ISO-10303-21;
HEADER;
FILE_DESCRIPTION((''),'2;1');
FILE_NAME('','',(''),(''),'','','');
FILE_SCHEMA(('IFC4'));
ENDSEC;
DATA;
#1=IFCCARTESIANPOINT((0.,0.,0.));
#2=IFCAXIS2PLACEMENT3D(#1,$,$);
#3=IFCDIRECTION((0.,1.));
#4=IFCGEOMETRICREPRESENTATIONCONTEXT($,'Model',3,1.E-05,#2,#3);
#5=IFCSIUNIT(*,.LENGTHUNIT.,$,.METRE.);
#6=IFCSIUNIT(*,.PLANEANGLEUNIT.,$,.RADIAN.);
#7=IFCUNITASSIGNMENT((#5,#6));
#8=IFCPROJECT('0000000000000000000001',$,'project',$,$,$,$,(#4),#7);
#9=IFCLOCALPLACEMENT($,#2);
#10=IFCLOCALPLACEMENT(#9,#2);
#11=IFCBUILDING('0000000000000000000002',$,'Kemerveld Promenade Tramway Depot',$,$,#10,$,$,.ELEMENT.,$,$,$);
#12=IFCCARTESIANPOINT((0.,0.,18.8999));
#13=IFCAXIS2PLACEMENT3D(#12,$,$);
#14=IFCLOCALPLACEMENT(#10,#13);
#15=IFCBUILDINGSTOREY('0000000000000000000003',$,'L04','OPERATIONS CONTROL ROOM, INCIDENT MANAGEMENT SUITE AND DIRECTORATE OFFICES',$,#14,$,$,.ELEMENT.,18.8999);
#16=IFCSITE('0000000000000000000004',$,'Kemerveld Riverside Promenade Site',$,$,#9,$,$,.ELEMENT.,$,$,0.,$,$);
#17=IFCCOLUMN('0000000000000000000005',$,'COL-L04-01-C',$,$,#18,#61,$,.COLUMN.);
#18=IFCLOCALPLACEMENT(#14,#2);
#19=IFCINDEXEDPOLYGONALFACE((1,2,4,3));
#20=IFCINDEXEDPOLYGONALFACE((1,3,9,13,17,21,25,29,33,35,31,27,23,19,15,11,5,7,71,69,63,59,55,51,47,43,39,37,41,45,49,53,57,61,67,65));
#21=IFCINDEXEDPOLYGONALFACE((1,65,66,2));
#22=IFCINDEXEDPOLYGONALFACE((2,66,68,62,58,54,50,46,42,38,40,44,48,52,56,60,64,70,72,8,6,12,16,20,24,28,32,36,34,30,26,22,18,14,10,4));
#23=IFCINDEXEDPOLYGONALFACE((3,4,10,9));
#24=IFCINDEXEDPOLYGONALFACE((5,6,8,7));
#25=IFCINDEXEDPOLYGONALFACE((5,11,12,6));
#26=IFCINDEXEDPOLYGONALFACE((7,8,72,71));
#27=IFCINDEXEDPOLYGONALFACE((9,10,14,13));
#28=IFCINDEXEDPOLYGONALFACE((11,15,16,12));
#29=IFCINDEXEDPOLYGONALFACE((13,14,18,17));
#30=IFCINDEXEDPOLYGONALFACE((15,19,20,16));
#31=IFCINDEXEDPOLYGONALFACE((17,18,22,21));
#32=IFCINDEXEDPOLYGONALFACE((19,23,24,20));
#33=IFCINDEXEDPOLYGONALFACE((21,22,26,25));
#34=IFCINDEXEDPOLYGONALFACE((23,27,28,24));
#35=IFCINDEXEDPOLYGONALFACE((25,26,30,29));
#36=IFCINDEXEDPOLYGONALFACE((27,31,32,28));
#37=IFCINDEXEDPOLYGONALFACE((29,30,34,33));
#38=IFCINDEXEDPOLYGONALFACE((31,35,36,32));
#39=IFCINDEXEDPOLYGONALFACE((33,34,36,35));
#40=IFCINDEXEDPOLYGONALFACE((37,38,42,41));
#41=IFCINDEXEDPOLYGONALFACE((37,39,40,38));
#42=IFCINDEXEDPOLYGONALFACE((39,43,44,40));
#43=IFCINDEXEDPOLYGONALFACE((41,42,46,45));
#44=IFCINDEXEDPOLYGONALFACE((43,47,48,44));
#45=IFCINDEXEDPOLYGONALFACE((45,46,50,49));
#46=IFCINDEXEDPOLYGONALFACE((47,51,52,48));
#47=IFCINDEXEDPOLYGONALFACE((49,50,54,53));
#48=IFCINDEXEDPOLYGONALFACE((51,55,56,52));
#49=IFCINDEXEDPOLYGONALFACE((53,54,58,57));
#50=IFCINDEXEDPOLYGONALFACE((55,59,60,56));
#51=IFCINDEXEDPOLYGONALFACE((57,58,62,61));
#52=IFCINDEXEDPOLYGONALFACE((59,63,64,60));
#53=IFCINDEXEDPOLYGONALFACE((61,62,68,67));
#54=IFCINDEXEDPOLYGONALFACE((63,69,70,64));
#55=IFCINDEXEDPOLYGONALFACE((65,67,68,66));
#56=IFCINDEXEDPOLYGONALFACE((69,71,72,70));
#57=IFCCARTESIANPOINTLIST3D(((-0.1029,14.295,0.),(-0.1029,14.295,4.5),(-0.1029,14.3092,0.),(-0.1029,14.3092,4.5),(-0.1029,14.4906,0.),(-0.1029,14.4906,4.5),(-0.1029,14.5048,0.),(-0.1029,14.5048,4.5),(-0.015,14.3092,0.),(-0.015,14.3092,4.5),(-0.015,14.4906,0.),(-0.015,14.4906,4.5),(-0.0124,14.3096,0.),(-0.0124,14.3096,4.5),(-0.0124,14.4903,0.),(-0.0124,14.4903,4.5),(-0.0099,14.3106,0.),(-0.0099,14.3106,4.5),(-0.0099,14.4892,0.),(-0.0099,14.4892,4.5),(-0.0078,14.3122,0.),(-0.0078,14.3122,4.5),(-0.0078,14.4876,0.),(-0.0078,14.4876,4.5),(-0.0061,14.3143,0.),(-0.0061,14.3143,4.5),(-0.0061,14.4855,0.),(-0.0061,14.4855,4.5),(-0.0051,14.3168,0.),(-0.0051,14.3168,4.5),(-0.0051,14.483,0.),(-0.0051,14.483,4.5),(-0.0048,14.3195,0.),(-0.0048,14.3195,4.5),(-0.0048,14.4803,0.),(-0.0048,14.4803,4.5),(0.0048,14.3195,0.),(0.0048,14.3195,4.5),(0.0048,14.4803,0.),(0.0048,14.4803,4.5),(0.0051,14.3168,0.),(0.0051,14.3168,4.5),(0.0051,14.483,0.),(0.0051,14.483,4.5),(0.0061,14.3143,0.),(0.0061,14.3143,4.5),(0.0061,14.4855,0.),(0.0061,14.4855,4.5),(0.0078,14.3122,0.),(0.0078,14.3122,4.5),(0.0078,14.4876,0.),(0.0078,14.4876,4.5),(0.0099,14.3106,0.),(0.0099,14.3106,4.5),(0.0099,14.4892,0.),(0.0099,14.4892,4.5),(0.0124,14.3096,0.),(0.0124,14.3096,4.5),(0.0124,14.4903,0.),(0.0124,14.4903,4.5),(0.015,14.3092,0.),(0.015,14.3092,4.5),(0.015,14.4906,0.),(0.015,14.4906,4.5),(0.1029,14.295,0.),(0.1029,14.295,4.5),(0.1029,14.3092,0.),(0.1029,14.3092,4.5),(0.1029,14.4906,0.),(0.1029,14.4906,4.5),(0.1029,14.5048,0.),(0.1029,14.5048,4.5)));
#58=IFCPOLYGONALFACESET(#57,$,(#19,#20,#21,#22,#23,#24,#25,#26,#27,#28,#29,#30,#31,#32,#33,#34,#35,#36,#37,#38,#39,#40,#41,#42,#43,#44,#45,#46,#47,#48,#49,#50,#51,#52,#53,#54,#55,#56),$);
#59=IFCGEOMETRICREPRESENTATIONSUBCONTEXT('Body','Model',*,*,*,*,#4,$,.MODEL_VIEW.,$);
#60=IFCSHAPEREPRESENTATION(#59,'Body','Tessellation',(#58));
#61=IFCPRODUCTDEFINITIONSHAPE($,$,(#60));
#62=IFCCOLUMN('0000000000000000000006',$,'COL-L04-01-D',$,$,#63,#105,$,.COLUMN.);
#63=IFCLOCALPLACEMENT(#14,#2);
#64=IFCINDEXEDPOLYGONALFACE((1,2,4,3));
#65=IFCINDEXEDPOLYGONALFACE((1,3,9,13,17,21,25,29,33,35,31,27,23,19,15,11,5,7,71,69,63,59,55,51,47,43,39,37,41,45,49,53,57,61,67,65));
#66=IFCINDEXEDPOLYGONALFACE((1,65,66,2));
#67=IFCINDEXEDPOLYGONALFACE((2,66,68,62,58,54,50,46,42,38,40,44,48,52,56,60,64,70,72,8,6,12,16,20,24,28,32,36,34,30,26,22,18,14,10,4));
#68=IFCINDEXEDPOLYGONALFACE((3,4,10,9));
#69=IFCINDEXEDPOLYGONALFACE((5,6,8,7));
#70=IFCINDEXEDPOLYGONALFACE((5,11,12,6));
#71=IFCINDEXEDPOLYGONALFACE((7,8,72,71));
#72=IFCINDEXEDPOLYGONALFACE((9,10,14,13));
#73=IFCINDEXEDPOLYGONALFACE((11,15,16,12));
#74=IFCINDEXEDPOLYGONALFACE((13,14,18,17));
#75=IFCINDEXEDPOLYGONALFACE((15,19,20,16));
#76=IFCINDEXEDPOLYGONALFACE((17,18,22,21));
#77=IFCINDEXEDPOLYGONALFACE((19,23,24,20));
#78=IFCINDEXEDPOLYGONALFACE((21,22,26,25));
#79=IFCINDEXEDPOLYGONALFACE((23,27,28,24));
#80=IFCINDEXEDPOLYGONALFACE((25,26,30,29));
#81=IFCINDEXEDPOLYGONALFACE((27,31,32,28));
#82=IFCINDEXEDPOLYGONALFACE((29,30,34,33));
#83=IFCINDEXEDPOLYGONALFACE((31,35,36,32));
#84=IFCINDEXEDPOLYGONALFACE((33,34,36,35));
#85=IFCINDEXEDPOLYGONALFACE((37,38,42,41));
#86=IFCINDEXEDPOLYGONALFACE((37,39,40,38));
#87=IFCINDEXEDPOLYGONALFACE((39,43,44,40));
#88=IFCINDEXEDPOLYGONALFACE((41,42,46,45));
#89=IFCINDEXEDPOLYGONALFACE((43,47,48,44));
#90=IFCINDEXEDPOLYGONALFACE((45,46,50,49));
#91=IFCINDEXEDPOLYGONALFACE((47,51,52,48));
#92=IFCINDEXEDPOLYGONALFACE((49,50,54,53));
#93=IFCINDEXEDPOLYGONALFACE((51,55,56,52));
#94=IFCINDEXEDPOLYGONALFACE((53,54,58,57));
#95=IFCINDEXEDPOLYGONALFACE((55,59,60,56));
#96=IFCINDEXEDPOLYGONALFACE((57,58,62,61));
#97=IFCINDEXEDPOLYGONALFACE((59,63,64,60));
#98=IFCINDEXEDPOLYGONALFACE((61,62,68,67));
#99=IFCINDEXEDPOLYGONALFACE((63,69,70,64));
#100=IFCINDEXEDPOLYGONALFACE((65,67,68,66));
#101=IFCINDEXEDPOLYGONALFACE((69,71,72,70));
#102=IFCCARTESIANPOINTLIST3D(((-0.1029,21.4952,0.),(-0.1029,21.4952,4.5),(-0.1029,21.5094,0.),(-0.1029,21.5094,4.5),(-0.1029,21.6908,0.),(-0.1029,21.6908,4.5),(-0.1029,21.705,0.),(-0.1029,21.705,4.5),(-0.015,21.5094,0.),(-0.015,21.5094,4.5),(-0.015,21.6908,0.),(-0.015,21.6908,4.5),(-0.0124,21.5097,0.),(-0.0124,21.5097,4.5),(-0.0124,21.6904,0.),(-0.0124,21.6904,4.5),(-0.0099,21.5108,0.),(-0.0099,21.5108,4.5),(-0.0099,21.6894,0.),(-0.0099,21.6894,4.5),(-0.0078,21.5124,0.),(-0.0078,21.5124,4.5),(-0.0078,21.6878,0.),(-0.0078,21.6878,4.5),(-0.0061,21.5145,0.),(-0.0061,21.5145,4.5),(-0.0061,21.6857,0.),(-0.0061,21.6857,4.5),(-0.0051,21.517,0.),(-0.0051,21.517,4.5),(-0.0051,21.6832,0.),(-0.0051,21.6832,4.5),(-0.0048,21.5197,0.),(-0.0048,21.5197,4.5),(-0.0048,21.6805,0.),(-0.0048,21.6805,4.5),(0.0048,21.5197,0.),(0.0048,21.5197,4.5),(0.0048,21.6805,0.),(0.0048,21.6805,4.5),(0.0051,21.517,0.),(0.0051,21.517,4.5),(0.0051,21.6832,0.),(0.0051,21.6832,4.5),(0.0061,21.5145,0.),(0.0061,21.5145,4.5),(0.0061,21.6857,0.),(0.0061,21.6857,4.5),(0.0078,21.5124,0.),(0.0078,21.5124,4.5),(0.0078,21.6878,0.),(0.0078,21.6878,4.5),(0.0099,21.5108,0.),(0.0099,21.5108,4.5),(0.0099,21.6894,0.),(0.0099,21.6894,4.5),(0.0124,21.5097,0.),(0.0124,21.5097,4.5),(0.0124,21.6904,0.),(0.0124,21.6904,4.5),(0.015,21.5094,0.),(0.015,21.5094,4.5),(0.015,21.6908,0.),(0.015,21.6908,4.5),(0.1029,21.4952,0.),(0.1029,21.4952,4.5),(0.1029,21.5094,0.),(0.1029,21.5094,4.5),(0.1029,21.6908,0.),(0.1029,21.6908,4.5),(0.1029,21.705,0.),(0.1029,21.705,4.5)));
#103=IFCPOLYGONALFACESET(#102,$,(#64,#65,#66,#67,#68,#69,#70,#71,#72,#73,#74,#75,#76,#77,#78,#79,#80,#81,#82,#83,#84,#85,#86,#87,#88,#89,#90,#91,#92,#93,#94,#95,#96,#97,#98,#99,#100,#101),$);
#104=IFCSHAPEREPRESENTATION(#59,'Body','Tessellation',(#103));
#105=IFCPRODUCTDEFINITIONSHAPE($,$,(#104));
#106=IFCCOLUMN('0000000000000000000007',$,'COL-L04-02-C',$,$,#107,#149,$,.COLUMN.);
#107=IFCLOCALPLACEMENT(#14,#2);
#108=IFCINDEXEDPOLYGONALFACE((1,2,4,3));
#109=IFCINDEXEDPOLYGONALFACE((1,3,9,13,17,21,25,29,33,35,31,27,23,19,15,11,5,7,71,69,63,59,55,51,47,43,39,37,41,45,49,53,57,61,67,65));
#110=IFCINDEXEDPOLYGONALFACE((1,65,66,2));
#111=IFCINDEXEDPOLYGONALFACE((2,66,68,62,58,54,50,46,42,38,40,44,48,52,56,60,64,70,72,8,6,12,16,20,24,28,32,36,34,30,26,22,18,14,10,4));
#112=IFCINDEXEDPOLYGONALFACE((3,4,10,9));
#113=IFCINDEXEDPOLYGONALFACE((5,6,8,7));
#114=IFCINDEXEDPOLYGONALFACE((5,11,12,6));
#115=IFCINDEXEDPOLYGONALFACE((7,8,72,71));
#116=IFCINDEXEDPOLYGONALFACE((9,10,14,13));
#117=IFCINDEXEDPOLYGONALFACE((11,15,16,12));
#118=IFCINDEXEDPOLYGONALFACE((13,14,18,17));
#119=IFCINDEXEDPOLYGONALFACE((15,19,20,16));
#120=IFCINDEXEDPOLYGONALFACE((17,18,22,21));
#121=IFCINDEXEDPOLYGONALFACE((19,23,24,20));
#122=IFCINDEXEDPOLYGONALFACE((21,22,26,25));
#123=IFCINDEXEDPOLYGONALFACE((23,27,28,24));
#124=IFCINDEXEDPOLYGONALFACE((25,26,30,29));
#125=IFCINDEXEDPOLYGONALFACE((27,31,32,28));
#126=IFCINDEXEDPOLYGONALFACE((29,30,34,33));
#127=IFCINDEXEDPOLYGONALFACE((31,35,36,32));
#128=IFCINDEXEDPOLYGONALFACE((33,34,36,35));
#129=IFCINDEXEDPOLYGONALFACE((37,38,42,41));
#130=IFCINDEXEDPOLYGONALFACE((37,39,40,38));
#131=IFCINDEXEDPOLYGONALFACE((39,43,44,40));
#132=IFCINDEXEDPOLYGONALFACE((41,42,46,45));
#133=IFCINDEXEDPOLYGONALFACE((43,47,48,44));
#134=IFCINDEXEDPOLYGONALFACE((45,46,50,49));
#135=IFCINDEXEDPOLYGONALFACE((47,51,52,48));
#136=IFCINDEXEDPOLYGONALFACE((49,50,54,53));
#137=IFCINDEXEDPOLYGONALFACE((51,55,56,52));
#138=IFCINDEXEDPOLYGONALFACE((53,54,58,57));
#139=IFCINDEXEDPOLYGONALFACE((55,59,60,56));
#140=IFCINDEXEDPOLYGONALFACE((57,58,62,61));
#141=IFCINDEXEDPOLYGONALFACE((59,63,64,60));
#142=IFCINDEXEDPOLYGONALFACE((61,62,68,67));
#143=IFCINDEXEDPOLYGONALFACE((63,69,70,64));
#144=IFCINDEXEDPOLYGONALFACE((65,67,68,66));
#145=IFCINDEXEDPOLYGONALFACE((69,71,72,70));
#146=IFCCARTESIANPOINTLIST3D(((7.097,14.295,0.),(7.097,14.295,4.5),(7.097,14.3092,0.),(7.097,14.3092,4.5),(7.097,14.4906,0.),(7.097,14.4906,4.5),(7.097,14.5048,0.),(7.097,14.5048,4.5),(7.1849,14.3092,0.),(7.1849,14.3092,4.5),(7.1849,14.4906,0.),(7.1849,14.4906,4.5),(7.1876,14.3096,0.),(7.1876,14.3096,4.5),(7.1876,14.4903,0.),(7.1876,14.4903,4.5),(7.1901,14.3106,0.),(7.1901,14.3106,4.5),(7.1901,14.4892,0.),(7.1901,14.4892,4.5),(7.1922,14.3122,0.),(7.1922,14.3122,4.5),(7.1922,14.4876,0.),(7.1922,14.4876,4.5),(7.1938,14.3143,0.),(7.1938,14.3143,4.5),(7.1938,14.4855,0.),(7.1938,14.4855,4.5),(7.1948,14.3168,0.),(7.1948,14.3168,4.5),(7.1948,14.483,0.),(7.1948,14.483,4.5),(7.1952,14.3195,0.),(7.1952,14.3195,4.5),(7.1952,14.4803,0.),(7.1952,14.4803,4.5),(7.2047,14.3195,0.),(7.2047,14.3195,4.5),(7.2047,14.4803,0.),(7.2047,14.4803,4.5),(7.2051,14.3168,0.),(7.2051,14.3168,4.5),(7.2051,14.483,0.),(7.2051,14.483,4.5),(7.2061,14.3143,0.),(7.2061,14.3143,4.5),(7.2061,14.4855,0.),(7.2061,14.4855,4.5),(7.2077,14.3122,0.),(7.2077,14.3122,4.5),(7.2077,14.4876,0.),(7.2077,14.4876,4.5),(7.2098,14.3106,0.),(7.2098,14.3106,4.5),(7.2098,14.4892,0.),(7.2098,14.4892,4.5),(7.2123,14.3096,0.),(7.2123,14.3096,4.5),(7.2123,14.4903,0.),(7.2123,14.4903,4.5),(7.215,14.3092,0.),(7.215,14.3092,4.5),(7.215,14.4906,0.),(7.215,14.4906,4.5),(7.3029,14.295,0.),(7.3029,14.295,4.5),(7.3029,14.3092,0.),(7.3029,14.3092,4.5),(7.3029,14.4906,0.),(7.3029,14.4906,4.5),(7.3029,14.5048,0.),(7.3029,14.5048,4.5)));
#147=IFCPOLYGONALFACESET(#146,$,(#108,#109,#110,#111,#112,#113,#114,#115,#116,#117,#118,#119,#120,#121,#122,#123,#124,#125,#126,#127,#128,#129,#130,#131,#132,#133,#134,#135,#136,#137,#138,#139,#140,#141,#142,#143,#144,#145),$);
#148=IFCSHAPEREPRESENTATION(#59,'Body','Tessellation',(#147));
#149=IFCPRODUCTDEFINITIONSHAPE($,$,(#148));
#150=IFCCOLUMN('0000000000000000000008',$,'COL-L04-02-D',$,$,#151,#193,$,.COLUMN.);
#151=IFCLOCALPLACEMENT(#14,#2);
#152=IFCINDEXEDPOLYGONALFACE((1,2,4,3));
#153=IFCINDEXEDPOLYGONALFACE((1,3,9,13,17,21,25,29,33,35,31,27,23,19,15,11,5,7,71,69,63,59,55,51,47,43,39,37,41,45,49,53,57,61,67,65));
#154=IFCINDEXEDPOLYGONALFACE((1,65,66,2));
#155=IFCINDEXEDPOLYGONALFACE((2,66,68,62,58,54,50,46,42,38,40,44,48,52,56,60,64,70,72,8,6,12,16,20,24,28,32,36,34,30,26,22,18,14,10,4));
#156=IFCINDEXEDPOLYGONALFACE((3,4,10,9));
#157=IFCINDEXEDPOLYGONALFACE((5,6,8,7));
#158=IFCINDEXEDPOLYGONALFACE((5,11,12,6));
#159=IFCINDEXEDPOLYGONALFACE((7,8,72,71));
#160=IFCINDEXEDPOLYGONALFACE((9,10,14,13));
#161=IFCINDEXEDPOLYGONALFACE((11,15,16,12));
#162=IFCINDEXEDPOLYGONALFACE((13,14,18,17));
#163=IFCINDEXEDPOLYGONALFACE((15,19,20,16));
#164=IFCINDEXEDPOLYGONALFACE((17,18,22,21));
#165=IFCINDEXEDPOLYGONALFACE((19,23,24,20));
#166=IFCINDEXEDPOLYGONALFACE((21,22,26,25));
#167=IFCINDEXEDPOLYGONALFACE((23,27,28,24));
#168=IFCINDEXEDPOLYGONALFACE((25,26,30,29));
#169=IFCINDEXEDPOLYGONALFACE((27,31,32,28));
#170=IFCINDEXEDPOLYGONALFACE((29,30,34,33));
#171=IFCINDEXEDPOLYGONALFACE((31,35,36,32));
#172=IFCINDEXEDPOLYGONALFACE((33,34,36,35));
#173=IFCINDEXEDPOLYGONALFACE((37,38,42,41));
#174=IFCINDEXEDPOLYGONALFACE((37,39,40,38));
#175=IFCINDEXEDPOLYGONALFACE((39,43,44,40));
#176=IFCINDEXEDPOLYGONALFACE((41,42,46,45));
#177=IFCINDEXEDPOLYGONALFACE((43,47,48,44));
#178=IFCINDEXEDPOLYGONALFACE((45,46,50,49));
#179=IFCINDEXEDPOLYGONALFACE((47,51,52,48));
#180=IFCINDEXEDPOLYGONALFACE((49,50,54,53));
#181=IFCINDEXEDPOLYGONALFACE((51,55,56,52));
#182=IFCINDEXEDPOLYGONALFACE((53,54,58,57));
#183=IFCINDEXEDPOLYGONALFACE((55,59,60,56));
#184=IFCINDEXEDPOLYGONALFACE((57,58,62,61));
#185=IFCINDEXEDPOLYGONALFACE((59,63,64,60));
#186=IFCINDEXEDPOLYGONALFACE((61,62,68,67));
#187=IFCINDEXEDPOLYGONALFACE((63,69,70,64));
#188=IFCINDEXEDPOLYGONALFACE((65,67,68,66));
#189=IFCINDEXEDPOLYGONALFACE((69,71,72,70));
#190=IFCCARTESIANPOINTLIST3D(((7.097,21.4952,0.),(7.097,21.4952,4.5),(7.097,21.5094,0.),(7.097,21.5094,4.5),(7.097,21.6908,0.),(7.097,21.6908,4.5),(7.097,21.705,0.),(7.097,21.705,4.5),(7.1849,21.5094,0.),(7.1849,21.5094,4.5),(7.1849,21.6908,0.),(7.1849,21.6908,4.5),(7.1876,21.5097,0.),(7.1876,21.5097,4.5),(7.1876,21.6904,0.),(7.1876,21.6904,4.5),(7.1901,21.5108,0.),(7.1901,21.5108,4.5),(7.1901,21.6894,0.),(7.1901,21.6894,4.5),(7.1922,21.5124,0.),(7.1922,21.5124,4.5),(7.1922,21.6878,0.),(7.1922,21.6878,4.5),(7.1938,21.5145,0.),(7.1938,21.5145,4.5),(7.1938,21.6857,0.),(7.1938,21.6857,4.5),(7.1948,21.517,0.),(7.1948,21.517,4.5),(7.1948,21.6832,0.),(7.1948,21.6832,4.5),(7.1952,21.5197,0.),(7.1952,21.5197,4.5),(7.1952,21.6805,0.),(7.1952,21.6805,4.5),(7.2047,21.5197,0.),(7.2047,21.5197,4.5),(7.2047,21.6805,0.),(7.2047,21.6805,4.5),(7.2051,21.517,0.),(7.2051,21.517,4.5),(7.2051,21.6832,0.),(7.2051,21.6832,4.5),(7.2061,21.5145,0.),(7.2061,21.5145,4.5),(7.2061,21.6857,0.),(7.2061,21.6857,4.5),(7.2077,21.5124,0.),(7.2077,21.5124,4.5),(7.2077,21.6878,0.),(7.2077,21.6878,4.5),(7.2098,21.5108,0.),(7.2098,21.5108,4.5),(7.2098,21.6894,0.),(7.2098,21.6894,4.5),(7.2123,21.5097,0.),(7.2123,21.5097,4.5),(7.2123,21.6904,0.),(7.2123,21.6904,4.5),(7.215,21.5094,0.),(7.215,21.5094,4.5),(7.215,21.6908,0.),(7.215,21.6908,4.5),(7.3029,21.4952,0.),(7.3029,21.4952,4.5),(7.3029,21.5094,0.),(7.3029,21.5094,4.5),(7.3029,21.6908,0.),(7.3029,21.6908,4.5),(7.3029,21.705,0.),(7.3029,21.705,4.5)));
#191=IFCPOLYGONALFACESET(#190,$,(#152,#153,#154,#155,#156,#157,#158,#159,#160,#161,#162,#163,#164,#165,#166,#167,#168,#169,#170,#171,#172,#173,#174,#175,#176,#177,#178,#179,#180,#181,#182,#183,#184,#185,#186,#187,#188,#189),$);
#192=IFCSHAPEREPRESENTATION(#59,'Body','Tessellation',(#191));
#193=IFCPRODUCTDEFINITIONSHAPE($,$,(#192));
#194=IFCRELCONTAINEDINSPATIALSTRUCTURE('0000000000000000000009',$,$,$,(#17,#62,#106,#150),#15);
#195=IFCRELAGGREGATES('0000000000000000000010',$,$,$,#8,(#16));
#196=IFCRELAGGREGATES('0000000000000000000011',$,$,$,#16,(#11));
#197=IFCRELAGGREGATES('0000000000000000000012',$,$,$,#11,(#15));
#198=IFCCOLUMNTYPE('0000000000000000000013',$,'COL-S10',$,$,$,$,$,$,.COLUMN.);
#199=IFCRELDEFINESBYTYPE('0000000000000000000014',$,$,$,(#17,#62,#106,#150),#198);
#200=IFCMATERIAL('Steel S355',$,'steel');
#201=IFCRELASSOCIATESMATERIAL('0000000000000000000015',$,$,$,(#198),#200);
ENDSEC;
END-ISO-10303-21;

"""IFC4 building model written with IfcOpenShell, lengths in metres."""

from ifc_helpers import new_model, si_unit, direction, frame, origin, origin_2d, place, context, subcontext, project, spatial, i_section, extrude, material, material_profile, profile_set, type_object, element, save


model = new_model("IFC4")

# Units and contexts
model_context = context("Model", 3, precision=1e-05, world=origin(), true_north=direction((0.0, 1.0)))
body_context = subcontext(model_context, "Body", "Model", "MODEL_VIEW")
ifc_project = project(units=[si_unit("LENGTHUNIT", "METRE"), si_unit("PLANEANGLEUNIT", "RADIAN")], contexts=[model_context])

# Site, building, storey
site_placement = place(None, origin())
site = spatial("IfcSite", under=ifc_project, at=site_placement, Name="Kemerveld Riverside Promenade Site", CompositionType="ELEMENT", RefElevation=0.0)
building_placement = place(site_placement, origin())
building = spatial("IfcBuilding", under=site, at=building_placement, Name="Kemerveld Promenade Tramway Depot", CompositionType="ELEMENT")
storey_placement = place(building_placement, frame((0.0, 0.0, 18.8999)))
storey = spatial("IfcBuildingStorey", under=building, at=storey_placement, Name="L04", Description="OPERATIONS CONTROL ROOM, INCIDENT MANAGEMENT SUITE AND DIRECTORATE OFFICES", CompositionType="ELEMENT", Elevation=18.8999)

# Columns
ifc_material_1 = material(Name="Steel S355", Category="steel")
ifc_material_profile_1 = material_profile(ifc_material_1, i_section(OverallWidth=0.2058, OverallDepth=0.2097, WebThickness=0.0095, FlangeThickness=0.0142, FilletRadius=0.0103, at=origin_2d()), Name="203x203x60 UC")
ifc_profile_set_1 = profile_set([ifc_material_profile_1], Name="Steel S355")
column_type = type_object("IfcColumnType", Name="COL-S10", PredefinedType="COLUMN", material=ifc_profile_set_1)
for number, where, z_axis, x_axis, name in (
    (1, (0.0, 14.3999, 0.0), (0.0, 0.0, 1.0), (1.0, 0.0, 0.0), "COL-L04-01-C"),
    (2, (0.0, 21.6001, 0.0), (0.0, 0.0, 1.0), (1.0, 0.0, 0.0), "COL-L04-01-D"),
    (3, (7.2, 14.3999, 0.0), (0.0, 0.0, 1.0), (1.0, 0.0, 0.0), "COL-L04-02-C"),
    (4, (7.2, 21.6001, 0.0), (0.0, 0.0, 1.0), (1.0, 0.0, 0.0), "COL-L04-02-D"),
):
    element("IfcColumn", number, at=place(storey_placement, frame(where, z_axis=z_axis, x_axis=x_axis)), inside=storey, type_object=column_type, Name=name, PredefinedType="COLUMN", context=body_context, shape_type="SweptSolid", body=[
        extrude(i_section(OverallWidth=0.2058, OverallDepth=0.2097, WebThickness=0.0095, FlangeThickness=0.0142, FilletRadius=0.0103, at=origin_2d()), origin(), (0.0, 0.0, 1.0), 4.5),
    ])

save(model, "model.ifc")
